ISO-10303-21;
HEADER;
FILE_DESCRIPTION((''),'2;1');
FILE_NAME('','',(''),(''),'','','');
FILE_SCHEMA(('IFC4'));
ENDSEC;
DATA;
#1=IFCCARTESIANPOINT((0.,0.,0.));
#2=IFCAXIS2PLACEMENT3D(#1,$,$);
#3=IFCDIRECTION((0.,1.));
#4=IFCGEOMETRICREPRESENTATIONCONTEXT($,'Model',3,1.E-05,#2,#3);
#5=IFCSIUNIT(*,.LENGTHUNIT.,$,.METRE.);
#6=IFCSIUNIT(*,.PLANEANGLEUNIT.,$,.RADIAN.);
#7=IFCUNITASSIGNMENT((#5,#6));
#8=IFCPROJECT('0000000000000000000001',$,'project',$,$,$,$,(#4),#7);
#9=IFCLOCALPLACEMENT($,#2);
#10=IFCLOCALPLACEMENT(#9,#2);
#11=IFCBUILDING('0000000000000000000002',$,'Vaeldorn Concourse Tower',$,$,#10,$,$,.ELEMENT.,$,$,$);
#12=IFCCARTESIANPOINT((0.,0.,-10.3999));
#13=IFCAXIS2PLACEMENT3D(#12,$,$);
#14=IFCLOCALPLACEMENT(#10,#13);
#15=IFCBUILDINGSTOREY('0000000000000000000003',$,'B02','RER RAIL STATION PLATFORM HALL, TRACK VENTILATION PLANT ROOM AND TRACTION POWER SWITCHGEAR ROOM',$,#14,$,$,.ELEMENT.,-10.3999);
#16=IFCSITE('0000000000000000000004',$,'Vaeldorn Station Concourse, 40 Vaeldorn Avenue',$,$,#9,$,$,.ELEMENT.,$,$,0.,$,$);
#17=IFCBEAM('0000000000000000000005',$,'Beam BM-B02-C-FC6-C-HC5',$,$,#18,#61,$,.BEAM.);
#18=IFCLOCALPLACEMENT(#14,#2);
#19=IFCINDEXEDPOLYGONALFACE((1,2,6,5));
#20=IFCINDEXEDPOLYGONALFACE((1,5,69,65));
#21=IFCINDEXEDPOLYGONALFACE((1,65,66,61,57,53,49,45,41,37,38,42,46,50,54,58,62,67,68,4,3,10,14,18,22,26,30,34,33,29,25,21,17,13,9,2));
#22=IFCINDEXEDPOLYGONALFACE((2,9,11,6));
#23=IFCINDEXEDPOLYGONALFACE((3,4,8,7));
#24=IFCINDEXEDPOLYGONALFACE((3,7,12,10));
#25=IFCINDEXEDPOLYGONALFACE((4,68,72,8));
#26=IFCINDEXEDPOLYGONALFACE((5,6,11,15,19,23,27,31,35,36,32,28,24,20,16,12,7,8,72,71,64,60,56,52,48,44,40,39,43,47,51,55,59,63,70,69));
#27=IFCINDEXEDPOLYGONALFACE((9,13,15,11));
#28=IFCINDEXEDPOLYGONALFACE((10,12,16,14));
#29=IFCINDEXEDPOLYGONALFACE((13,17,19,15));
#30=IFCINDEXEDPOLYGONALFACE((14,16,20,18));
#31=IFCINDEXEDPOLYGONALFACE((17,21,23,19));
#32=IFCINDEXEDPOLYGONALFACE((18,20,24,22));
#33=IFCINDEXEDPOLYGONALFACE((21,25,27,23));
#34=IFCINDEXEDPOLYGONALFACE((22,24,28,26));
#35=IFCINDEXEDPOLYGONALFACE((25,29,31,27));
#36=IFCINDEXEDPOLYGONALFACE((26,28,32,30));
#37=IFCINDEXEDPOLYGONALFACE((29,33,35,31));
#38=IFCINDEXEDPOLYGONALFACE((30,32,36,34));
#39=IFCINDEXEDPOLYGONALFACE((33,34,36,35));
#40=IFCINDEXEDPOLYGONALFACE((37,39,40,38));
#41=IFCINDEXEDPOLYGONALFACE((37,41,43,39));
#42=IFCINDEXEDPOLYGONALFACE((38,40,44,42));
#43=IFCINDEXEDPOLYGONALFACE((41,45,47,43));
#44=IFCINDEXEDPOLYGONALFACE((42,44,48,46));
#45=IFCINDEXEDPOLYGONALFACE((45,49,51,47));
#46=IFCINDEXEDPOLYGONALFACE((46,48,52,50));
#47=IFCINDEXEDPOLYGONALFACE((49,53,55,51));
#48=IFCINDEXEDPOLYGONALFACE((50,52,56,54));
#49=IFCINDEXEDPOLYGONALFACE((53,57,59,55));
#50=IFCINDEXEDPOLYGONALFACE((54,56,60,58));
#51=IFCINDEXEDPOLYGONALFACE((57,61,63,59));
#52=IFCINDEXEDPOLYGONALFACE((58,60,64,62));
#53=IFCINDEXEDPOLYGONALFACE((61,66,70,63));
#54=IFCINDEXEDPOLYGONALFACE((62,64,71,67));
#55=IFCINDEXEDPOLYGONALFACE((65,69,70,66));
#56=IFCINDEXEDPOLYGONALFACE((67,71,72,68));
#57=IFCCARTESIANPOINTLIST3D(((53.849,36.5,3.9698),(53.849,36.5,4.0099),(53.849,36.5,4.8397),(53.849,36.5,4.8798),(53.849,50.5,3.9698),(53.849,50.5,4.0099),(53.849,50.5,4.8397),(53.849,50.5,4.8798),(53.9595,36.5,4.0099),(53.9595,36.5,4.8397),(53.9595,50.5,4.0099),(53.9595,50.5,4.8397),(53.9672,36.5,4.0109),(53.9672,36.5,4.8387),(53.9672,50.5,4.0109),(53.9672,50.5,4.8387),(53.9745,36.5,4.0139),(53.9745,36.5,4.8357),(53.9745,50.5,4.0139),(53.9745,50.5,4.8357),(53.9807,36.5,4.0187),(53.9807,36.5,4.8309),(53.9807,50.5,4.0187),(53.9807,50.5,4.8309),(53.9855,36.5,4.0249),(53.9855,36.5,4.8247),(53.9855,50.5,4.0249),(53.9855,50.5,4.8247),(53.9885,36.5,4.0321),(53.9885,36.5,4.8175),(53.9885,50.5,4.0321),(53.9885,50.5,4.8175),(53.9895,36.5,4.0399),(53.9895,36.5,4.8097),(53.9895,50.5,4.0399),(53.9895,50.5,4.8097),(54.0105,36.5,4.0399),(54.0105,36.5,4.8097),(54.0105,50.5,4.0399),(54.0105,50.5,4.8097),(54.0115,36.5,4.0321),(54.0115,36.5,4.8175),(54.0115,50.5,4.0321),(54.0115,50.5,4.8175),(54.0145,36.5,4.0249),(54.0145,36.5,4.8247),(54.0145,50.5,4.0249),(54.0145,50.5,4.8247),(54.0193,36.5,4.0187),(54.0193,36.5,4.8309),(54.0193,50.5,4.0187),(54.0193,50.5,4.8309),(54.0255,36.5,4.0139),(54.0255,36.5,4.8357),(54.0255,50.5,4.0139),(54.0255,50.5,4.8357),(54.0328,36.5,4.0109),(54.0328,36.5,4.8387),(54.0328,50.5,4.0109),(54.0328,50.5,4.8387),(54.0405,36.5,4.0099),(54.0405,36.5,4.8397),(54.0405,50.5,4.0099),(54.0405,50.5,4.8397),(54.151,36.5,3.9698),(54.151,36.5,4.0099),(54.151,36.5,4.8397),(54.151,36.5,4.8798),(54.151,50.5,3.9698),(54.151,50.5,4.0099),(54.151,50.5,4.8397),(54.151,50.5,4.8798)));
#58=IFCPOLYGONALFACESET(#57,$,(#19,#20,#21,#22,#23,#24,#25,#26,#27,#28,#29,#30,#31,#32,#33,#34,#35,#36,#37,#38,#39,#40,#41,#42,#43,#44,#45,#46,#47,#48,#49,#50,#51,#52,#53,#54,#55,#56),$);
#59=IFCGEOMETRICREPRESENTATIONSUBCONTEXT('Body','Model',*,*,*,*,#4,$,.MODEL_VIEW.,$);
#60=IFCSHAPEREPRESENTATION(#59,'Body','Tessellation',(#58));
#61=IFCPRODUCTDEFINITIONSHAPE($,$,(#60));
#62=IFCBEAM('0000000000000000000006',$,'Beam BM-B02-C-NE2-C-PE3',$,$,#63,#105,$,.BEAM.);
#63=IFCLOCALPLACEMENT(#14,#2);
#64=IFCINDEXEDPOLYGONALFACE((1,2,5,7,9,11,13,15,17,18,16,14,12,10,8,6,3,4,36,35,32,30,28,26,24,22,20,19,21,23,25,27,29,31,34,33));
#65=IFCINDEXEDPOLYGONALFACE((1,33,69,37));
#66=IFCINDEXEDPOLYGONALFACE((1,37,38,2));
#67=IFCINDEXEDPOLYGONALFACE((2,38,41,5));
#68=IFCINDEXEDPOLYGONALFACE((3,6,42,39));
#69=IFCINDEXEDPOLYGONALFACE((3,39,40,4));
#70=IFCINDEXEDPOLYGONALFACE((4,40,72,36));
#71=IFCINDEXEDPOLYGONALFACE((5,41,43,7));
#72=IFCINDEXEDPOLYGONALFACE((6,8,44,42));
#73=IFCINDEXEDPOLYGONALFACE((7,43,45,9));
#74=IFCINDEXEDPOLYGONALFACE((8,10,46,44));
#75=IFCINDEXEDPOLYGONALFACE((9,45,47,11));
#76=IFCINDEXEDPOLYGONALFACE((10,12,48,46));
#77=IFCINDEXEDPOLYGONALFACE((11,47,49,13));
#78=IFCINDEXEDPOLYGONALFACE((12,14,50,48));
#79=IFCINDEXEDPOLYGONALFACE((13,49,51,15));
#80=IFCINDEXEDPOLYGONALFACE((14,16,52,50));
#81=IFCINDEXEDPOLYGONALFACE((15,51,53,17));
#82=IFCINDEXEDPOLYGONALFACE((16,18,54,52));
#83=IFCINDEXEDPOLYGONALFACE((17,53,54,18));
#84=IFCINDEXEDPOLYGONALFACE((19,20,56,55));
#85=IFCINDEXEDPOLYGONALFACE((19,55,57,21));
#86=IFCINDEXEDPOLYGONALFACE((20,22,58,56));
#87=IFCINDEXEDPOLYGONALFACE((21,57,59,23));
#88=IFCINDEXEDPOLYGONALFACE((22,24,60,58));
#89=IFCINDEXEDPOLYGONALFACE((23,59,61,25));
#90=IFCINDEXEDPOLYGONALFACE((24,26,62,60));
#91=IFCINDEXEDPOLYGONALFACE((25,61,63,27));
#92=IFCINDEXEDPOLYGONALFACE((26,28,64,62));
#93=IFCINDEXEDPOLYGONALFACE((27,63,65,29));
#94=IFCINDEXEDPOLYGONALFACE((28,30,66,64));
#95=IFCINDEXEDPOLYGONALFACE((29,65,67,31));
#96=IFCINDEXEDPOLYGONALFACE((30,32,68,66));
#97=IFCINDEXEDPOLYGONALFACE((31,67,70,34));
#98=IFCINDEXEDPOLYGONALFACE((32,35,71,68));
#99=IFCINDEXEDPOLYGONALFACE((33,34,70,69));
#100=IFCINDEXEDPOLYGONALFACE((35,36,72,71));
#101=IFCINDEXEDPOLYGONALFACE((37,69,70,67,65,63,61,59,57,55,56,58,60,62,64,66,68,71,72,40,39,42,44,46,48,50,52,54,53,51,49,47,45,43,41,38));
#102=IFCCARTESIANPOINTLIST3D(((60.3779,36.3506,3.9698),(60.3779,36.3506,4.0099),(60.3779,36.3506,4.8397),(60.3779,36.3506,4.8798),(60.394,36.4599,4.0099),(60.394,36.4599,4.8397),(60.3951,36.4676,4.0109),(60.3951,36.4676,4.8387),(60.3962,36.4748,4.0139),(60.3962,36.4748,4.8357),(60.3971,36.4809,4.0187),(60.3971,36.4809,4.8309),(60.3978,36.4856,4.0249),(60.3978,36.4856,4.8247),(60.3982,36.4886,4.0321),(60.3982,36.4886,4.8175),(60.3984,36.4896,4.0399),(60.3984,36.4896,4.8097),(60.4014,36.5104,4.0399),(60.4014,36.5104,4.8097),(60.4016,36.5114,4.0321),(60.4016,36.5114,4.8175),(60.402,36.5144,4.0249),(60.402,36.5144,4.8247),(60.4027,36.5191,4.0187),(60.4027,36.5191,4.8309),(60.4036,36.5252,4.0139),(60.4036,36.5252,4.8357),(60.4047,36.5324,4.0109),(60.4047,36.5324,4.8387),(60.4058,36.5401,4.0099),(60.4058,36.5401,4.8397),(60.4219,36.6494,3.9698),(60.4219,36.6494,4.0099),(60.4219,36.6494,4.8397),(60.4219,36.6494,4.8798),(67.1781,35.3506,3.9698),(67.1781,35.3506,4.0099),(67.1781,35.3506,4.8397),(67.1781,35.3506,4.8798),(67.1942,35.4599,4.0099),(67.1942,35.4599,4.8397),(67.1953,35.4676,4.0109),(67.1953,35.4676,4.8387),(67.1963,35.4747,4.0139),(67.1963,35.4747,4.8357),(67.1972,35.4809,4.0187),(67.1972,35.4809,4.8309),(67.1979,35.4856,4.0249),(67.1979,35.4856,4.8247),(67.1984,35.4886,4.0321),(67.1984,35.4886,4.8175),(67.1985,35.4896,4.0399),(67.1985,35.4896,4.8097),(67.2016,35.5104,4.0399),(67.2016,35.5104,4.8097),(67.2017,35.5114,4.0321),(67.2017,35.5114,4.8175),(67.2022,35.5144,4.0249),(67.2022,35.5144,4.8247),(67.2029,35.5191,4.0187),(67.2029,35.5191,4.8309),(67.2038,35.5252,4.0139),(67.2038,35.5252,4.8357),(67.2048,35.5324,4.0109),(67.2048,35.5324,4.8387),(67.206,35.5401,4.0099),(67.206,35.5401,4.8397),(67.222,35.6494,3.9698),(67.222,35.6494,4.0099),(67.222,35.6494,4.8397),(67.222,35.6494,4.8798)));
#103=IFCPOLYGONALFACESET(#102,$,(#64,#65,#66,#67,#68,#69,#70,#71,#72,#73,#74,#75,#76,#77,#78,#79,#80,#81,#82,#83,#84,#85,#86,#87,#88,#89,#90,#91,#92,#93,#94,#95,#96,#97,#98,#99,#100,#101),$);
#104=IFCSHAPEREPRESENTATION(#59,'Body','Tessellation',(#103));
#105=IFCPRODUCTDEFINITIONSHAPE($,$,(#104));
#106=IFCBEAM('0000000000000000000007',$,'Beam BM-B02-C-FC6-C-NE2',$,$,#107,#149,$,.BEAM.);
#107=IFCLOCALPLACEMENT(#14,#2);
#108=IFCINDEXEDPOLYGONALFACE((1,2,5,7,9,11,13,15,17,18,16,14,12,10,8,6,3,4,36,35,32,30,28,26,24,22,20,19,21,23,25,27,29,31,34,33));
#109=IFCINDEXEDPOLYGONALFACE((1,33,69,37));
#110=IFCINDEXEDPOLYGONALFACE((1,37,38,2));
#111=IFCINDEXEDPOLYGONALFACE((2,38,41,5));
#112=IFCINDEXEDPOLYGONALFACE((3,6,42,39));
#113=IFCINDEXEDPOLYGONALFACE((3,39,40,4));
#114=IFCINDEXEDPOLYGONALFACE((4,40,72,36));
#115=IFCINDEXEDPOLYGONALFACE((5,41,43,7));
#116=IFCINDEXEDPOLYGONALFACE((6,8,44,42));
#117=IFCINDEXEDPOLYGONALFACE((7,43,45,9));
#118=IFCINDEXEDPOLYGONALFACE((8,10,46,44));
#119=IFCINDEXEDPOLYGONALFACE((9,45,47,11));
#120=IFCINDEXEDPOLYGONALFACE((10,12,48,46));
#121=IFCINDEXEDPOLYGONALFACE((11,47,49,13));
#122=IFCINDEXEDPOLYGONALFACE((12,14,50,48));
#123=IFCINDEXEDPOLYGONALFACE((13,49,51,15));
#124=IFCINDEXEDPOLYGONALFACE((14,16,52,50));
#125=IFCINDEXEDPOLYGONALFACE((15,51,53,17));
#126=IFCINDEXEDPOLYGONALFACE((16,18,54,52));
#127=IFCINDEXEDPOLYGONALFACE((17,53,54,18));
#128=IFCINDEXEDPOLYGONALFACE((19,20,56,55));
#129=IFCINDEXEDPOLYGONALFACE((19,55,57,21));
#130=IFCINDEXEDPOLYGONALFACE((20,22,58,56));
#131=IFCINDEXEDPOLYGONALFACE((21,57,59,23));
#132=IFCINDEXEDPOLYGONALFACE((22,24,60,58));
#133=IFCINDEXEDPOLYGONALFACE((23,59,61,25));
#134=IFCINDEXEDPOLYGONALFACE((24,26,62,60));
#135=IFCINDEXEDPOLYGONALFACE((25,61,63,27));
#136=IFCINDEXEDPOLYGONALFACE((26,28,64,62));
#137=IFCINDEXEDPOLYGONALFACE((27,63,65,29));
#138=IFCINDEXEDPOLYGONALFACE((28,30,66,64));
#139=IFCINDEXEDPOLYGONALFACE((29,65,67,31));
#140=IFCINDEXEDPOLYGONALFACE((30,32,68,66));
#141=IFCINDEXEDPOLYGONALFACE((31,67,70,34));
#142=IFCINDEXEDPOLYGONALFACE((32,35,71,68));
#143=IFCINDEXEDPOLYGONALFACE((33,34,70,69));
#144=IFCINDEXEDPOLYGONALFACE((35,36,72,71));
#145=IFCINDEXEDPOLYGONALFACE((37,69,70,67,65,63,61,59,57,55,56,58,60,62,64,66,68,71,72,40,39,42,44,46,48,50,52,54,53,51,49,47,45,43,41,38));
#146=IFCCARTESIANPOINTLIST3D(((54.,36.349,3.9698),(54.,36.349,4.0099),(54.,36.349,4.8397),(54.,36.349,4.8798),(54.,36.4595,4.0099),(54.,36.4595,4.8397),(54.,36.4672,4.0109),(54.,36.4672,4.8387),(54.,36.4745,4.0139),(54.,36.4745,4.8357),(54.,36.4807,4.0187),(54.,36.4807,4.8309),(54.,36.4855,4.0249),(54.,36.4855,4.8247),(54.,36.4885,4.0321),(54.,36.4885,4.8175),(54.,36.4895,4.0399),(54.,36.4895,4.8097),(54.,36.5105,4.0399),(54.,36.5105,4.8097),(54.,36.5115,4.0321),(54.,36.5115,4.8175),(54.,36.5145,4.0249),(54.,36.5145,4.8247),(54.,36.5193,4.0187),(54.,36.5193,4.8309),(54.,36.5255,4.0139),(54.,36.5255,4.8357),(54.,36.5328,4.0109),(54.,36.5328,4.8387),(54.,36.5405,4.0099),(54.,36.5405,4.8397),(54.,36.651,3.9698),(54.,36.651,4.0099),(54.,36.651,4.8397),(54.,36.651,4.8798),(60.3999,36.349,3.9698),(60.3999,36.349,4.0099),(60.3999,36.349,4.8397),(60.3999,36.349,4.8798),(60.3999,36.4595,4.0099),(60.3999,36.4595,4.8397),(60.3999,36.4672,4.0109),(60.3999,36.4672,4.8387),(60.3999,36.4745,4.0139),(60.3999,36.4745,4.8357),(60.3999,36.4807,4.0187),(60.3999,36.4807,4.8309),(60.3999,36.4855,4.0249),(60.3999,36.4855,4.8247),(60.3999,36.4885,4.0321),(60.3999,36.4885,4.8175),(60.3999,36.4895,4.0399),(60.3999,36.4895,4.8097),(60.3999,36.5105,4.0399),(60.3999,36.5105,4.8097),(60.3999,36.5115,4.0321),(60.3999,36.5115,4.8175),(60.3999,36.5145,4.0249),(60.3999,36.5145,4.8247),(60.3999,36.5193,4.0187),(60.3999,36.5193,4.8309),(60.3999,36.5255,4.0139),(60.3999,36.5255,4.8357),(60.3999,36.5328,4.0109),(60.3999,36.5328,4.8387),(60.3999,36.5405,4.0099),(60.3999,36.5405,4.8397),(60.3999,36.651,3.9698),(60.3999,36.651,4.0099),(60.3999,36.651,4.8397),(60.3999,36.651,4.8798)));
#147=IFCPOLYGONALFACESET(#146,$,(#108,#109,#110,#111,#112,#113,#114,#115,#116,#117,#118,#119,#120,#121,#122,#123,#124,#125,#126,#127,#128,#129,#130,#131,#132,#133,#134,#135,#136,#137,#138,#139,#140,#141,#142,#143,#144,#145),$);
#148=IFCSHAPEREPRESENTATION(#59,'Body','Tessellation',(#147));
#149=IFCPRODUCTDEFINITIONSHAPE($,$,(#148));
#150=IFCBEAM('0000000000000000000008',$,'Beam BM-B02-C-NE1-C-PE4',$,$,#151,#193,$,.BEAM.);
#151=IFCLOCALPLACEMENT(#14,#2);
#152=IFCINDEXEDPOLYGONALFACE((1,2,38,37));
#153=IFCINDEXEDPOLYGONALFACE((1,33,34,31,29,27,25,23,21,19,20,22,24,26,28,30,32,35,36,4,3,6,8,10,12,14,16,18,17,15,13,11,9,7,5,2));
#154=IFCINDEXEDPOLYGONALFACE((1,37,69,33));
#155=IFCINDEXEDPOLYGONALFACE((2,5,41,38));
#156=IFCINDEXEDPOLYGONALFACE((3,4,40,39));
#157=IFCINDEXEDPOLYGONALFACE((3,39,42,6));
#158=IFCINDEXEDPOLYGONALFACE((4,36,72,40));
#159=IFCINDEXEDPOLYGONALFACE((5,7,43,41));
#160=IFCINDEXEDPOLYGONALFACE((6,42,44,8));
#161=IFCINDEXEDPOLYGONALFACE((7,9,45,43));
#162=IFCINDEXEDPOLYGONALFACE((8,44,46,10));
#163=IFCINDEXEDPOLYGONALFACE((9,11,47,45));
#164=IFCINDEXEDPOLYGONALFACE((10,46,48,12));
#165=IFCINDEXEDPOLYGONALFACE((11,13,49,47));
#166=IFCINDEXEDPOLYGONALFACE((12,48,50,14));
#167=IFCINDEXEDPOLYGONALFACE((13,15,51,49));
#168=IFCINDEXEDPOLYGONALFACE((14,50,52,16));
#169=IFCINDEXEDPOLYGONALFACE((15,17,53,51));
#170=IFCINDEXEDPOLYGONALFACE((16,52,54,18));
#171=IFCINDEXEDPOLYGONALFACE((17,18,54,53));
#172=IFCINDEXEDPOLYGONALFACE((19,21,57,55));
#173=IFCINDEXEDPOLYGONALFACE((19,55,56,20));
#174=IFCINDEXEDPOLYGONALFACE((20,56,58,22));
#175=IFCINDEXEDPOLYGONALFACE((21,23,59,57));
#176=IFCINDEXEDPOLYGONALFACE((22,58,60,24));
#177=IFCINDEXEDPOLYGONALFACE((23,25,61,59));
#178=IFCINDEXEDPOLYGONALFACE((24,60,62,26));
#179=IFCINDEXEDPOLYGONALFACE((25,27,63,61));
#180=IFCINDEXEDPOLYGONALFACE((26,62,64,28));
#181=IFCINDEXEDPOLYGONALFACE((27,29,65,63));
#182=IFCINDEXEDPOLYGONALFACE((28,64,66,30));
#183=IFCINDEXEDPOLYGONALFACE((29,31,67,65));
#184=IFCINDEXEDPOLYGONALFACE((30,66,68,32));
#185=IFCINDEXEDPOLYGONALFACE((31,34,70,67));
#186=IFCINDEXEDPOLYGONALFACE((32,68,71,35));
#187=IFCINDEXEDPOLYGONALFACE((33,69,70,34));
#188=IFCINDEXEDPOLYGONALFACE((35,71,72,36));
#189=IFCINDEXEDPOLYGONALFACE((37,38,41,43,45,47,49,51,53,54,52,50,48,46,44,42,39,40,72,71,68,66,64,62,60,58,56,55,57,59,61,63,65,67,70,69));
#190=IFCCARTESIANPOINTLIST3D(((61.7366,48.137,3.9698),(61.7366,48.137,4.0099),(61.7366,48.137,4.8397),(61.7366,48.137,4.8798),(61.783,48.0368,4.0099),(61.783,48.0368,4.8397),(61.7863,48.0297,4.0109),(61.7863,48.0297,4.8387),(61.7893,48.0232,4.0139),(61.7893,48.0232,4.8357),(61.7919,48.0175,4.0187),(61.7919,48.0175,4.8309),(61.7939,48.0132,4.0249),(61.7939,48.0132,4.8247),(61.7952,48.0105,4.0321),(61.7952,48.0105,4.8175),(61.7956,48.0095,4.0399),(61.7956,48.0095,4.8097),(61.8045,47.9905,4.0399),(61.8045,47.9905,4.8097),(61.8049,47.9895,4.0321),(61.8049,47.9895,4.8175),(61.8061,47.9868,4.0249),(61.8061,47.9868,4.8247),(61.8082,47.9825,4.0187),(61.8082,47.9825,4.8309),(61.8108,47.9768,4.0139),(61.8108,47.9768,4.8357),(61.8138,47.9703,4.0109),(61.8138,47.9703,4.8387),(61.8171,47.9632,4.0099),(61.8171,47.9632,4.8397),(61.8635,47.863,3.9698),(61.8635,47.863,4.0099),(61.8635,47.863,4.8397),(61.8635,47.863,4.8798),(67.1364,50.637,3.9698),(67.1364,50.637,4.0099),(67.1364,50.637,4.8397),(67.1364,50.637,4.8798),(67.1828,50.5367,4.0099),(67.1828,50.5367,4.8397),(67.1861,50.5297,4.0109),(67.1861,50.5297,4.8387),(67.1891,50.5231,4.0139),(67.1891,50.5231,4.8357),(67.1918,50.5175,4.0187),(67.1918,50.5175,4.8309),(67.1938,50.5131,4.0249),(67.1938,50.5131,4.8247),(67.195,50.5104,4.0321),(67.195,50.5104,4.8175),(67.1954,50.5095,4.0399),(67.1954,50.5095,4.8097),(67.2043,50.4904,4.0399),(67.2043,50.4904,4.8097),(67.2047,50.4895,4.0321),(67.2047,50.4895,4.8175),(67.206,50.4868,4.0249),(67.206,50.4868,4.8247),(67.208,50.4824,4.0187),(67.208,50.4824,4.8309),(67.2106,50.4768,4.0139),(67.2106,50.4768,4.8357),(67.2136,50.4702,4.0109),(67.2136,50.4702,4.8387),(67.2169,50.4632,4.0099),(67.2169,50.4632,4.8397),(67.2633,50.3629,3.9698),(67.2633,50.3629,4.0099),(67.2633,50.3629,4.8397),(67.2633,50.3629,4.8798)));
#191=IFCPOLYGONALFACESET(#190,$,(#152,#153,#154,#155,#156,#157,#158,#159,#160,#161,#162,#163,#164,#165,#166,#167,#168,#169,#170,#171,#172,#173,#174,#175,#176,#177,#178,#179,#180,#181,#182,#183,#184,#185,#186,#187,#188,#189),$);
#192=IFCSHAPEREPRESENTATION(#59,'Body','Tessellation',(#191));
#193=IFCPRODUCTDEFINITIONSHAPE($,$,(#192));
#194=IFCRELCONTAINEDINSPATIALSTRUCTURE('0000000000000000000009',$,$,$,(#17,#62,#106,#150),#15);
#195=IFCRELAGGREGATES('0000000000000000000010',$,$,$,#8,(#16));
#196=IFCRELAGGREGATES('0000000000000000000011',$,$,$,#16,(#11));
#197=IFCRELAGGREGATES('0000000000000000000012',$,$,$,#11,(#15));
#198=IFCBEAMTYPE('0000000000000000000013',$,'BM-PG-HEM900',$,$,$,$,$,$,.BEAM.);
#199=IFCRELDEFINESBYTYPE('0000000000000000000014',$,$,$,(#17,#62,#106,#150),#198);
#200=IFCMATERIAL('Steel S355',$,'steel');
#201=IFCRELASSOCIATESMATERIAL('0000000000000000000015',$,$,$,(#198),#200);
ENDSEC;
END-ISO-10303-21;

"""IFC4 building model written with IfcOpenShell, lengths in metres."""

from ifc_helpers import new_model, si_unit, direction, frame, origin, origin_2d, place, context, subcontext, project, spatial, i_section, extrude, source, transform, mapped, material, material_profile, profile_set, type_object, element, save


model = new_model("IFC4")

# Units and contexts
model_context = context("Model", 3, precision=1e-05, world=origin(), true_north=direction((0.0, 1.0)))
body_context = subcontext(model_context, "Body", "Model", "MODEL_VIEW")
ifc_project = project(units=[si_unit("LENGTHUNIT", "METRE"), si_unit("PLANEANGLEUNIT", "RADIAN")], contexts=[model_context])

# Site, building, storey
site_placement = place(None, origin())
site = spatial("IfcSite", under=ifc_project, at=site_placement, Name="Vaeldorn Station Concourse, 40 Vaeldorn Avenue", CompositionType="ELEMENT", RefElevation=0.0)
building_placement = place(site_placement, origin())
building = spatial("IfcBuilding", under=site, at=building_placement, Name="Vaeldorn Concourse Tower", CompositionType="ELEMENT")
storey_placement = place(building_placement, frame((0.0, 0.0, -10.3999)))
storey = spatial("IfcBuildingStorey", under=building, at=storey_placement, Name="B02", Description="RER RAIL STATION PLATFORM HALL, TRACK VENTILATION PLANT ROOM AND TRACTION POWER SWITCHGEAR ROOM", CompositionType="ELEMENT", Elevation=-10.3999)

# Beams
ifc_material_1 = material(Name="Steel S355", Category="steel")
ifc_material_profile_1 = material_profile(ifc_material_1, i_section(OverallWidth=0.302, OverallDepth=0.9099, WebThickness=0.021, FlangeThickness=0.04, FilletRadius=0.03, at=origin_2d()), Name="HEM 900")
ifc_profile_set_1 = profile_set([ifc_material_profile_1], Name="Steel S355")
beam_type_1 = type_object("IfcBeamType", Name="BM-PG-HEM900", PredefinedType="BEAM", material=ifc_profile_set_1)
shared_shape_1 = source(origin(), body_context, "Body", "SweptSolid", [
    extrude(i_section(OverallWidth=0.302, OverallDepth=0.9099, WebThickness=0.021, FlangeThickness=0.04, FilletRadius=0.03, at=origin_2d()), origin(), (0.0, 0.0, 1.0), 14.0),
])
beam_1_placement = place(storey_placement, frame((54.0, 36.5, 4.4248), z_axis=(0.0, 1.0, 0.0), x_axis=(-1.0, 0.0, 0.0)))
element("IfcBeam", 1, at=beam_1_placement, inside=storey, type_object=beam_type_1, Name="Beam BM-B02-C-FC6-C-HC5", PredefinedType="BEAM", context=body_context, shape_type="MappedRepresentation", body=[
    mapped(shared_shape_1, transform((0.0, 0.0, 0.0), scale=1.0)),
])
shared_shape_2 = source(origin(), body_context, "Body", "SweptSolid", [
    extrude(i_section(OverallWidth=0.302, OverallDepth=0.9099, WebThickness=0.021, FlangeThickness=0.04, FilletRadius=0.03, at=origin_2d()), origin(), (0.0, 0.0, 1.0), 6.8733),
])
beam_2_placement = place(storey_placement, frame((60.3999, 36.5, 4.4248), z_axis=(0.989359, -0.145493, 0.0), x_axis=(0.145493, 0.989359, 0.0)))
element("IfcBeam", 2, at=beam_2_placement, inside=storey, type_object=beam_type_1, Name="Beam BM-B02-C-NE2-C-PE3", PredefinedType="BEAM", context=body_context, shape_type="MappedRepresentation", body=[
    mapped(shared_shape_2, transform((0.0, 0.0, 0.0), scale=1.0)),
])
shared_shape_3 = source(origin(), body_context, "Body", "SweptSolid", [
    extrude(i_section(OverallWidth=0.302, OverallDepth=0.9099, WebThickness=0.021, FlangeThickness=0.04, FilletRadius=0.03, at=origin_2d()), origin(), (0.0, 0.0, 1.0), 6.3999),
])
beam_3_placement = place(storey_placement, frame((54.0, 36.5, 4.4248), z_axis=(1.0, 0.0, 0.0), x_axis=(0.0, 1.0, 0.0)))
element("IfcBeam", 3, at=beam_3_placement, inside=storey, type_object=beam_type_1, Name="Beam BM-B02-C-FC6-C-NE2", PredefinedType="BEAM", context=body_context, shape_type="MappedRepresentation", body=[
    mapped(shared_shape_3, transform((0.0, 0.0, 0.0), scale=1.0)),
])
shared_shape_4 = source(origin(), body_context, "Body", "SweptSolid", [
    extrude(i_section(OverallWidth=0.302, OverallDepth=0.9099, WebThickness=0.021, FlangeThickness=0.04, FilletRadius=0.03, at=origin_2d()), origin(), (0.0, 0.0, 1.0), 5.9504),
])
beam_4_placement = place(storey_placement, frame((61.8, 48.0, 4.4248), z_axis=(0.907464, 0.42013, 0.0), x_axis=(-0.42013, 0.907464, 0.0)))
element("IfcBeam", 4, at=beam_4_placement, inside=storey, type_object=beam_type_1, Name="Beam BM-B02-C-NE1-C-PE4", PredefinedType="BEAM", context=body_context, shape_type="MappedRepresentation", body=[
    mapped(shared_shape_4, transform((0.0, 0.0, 0.0), scale=1.0)),
])

save(model, "model.ifc")
